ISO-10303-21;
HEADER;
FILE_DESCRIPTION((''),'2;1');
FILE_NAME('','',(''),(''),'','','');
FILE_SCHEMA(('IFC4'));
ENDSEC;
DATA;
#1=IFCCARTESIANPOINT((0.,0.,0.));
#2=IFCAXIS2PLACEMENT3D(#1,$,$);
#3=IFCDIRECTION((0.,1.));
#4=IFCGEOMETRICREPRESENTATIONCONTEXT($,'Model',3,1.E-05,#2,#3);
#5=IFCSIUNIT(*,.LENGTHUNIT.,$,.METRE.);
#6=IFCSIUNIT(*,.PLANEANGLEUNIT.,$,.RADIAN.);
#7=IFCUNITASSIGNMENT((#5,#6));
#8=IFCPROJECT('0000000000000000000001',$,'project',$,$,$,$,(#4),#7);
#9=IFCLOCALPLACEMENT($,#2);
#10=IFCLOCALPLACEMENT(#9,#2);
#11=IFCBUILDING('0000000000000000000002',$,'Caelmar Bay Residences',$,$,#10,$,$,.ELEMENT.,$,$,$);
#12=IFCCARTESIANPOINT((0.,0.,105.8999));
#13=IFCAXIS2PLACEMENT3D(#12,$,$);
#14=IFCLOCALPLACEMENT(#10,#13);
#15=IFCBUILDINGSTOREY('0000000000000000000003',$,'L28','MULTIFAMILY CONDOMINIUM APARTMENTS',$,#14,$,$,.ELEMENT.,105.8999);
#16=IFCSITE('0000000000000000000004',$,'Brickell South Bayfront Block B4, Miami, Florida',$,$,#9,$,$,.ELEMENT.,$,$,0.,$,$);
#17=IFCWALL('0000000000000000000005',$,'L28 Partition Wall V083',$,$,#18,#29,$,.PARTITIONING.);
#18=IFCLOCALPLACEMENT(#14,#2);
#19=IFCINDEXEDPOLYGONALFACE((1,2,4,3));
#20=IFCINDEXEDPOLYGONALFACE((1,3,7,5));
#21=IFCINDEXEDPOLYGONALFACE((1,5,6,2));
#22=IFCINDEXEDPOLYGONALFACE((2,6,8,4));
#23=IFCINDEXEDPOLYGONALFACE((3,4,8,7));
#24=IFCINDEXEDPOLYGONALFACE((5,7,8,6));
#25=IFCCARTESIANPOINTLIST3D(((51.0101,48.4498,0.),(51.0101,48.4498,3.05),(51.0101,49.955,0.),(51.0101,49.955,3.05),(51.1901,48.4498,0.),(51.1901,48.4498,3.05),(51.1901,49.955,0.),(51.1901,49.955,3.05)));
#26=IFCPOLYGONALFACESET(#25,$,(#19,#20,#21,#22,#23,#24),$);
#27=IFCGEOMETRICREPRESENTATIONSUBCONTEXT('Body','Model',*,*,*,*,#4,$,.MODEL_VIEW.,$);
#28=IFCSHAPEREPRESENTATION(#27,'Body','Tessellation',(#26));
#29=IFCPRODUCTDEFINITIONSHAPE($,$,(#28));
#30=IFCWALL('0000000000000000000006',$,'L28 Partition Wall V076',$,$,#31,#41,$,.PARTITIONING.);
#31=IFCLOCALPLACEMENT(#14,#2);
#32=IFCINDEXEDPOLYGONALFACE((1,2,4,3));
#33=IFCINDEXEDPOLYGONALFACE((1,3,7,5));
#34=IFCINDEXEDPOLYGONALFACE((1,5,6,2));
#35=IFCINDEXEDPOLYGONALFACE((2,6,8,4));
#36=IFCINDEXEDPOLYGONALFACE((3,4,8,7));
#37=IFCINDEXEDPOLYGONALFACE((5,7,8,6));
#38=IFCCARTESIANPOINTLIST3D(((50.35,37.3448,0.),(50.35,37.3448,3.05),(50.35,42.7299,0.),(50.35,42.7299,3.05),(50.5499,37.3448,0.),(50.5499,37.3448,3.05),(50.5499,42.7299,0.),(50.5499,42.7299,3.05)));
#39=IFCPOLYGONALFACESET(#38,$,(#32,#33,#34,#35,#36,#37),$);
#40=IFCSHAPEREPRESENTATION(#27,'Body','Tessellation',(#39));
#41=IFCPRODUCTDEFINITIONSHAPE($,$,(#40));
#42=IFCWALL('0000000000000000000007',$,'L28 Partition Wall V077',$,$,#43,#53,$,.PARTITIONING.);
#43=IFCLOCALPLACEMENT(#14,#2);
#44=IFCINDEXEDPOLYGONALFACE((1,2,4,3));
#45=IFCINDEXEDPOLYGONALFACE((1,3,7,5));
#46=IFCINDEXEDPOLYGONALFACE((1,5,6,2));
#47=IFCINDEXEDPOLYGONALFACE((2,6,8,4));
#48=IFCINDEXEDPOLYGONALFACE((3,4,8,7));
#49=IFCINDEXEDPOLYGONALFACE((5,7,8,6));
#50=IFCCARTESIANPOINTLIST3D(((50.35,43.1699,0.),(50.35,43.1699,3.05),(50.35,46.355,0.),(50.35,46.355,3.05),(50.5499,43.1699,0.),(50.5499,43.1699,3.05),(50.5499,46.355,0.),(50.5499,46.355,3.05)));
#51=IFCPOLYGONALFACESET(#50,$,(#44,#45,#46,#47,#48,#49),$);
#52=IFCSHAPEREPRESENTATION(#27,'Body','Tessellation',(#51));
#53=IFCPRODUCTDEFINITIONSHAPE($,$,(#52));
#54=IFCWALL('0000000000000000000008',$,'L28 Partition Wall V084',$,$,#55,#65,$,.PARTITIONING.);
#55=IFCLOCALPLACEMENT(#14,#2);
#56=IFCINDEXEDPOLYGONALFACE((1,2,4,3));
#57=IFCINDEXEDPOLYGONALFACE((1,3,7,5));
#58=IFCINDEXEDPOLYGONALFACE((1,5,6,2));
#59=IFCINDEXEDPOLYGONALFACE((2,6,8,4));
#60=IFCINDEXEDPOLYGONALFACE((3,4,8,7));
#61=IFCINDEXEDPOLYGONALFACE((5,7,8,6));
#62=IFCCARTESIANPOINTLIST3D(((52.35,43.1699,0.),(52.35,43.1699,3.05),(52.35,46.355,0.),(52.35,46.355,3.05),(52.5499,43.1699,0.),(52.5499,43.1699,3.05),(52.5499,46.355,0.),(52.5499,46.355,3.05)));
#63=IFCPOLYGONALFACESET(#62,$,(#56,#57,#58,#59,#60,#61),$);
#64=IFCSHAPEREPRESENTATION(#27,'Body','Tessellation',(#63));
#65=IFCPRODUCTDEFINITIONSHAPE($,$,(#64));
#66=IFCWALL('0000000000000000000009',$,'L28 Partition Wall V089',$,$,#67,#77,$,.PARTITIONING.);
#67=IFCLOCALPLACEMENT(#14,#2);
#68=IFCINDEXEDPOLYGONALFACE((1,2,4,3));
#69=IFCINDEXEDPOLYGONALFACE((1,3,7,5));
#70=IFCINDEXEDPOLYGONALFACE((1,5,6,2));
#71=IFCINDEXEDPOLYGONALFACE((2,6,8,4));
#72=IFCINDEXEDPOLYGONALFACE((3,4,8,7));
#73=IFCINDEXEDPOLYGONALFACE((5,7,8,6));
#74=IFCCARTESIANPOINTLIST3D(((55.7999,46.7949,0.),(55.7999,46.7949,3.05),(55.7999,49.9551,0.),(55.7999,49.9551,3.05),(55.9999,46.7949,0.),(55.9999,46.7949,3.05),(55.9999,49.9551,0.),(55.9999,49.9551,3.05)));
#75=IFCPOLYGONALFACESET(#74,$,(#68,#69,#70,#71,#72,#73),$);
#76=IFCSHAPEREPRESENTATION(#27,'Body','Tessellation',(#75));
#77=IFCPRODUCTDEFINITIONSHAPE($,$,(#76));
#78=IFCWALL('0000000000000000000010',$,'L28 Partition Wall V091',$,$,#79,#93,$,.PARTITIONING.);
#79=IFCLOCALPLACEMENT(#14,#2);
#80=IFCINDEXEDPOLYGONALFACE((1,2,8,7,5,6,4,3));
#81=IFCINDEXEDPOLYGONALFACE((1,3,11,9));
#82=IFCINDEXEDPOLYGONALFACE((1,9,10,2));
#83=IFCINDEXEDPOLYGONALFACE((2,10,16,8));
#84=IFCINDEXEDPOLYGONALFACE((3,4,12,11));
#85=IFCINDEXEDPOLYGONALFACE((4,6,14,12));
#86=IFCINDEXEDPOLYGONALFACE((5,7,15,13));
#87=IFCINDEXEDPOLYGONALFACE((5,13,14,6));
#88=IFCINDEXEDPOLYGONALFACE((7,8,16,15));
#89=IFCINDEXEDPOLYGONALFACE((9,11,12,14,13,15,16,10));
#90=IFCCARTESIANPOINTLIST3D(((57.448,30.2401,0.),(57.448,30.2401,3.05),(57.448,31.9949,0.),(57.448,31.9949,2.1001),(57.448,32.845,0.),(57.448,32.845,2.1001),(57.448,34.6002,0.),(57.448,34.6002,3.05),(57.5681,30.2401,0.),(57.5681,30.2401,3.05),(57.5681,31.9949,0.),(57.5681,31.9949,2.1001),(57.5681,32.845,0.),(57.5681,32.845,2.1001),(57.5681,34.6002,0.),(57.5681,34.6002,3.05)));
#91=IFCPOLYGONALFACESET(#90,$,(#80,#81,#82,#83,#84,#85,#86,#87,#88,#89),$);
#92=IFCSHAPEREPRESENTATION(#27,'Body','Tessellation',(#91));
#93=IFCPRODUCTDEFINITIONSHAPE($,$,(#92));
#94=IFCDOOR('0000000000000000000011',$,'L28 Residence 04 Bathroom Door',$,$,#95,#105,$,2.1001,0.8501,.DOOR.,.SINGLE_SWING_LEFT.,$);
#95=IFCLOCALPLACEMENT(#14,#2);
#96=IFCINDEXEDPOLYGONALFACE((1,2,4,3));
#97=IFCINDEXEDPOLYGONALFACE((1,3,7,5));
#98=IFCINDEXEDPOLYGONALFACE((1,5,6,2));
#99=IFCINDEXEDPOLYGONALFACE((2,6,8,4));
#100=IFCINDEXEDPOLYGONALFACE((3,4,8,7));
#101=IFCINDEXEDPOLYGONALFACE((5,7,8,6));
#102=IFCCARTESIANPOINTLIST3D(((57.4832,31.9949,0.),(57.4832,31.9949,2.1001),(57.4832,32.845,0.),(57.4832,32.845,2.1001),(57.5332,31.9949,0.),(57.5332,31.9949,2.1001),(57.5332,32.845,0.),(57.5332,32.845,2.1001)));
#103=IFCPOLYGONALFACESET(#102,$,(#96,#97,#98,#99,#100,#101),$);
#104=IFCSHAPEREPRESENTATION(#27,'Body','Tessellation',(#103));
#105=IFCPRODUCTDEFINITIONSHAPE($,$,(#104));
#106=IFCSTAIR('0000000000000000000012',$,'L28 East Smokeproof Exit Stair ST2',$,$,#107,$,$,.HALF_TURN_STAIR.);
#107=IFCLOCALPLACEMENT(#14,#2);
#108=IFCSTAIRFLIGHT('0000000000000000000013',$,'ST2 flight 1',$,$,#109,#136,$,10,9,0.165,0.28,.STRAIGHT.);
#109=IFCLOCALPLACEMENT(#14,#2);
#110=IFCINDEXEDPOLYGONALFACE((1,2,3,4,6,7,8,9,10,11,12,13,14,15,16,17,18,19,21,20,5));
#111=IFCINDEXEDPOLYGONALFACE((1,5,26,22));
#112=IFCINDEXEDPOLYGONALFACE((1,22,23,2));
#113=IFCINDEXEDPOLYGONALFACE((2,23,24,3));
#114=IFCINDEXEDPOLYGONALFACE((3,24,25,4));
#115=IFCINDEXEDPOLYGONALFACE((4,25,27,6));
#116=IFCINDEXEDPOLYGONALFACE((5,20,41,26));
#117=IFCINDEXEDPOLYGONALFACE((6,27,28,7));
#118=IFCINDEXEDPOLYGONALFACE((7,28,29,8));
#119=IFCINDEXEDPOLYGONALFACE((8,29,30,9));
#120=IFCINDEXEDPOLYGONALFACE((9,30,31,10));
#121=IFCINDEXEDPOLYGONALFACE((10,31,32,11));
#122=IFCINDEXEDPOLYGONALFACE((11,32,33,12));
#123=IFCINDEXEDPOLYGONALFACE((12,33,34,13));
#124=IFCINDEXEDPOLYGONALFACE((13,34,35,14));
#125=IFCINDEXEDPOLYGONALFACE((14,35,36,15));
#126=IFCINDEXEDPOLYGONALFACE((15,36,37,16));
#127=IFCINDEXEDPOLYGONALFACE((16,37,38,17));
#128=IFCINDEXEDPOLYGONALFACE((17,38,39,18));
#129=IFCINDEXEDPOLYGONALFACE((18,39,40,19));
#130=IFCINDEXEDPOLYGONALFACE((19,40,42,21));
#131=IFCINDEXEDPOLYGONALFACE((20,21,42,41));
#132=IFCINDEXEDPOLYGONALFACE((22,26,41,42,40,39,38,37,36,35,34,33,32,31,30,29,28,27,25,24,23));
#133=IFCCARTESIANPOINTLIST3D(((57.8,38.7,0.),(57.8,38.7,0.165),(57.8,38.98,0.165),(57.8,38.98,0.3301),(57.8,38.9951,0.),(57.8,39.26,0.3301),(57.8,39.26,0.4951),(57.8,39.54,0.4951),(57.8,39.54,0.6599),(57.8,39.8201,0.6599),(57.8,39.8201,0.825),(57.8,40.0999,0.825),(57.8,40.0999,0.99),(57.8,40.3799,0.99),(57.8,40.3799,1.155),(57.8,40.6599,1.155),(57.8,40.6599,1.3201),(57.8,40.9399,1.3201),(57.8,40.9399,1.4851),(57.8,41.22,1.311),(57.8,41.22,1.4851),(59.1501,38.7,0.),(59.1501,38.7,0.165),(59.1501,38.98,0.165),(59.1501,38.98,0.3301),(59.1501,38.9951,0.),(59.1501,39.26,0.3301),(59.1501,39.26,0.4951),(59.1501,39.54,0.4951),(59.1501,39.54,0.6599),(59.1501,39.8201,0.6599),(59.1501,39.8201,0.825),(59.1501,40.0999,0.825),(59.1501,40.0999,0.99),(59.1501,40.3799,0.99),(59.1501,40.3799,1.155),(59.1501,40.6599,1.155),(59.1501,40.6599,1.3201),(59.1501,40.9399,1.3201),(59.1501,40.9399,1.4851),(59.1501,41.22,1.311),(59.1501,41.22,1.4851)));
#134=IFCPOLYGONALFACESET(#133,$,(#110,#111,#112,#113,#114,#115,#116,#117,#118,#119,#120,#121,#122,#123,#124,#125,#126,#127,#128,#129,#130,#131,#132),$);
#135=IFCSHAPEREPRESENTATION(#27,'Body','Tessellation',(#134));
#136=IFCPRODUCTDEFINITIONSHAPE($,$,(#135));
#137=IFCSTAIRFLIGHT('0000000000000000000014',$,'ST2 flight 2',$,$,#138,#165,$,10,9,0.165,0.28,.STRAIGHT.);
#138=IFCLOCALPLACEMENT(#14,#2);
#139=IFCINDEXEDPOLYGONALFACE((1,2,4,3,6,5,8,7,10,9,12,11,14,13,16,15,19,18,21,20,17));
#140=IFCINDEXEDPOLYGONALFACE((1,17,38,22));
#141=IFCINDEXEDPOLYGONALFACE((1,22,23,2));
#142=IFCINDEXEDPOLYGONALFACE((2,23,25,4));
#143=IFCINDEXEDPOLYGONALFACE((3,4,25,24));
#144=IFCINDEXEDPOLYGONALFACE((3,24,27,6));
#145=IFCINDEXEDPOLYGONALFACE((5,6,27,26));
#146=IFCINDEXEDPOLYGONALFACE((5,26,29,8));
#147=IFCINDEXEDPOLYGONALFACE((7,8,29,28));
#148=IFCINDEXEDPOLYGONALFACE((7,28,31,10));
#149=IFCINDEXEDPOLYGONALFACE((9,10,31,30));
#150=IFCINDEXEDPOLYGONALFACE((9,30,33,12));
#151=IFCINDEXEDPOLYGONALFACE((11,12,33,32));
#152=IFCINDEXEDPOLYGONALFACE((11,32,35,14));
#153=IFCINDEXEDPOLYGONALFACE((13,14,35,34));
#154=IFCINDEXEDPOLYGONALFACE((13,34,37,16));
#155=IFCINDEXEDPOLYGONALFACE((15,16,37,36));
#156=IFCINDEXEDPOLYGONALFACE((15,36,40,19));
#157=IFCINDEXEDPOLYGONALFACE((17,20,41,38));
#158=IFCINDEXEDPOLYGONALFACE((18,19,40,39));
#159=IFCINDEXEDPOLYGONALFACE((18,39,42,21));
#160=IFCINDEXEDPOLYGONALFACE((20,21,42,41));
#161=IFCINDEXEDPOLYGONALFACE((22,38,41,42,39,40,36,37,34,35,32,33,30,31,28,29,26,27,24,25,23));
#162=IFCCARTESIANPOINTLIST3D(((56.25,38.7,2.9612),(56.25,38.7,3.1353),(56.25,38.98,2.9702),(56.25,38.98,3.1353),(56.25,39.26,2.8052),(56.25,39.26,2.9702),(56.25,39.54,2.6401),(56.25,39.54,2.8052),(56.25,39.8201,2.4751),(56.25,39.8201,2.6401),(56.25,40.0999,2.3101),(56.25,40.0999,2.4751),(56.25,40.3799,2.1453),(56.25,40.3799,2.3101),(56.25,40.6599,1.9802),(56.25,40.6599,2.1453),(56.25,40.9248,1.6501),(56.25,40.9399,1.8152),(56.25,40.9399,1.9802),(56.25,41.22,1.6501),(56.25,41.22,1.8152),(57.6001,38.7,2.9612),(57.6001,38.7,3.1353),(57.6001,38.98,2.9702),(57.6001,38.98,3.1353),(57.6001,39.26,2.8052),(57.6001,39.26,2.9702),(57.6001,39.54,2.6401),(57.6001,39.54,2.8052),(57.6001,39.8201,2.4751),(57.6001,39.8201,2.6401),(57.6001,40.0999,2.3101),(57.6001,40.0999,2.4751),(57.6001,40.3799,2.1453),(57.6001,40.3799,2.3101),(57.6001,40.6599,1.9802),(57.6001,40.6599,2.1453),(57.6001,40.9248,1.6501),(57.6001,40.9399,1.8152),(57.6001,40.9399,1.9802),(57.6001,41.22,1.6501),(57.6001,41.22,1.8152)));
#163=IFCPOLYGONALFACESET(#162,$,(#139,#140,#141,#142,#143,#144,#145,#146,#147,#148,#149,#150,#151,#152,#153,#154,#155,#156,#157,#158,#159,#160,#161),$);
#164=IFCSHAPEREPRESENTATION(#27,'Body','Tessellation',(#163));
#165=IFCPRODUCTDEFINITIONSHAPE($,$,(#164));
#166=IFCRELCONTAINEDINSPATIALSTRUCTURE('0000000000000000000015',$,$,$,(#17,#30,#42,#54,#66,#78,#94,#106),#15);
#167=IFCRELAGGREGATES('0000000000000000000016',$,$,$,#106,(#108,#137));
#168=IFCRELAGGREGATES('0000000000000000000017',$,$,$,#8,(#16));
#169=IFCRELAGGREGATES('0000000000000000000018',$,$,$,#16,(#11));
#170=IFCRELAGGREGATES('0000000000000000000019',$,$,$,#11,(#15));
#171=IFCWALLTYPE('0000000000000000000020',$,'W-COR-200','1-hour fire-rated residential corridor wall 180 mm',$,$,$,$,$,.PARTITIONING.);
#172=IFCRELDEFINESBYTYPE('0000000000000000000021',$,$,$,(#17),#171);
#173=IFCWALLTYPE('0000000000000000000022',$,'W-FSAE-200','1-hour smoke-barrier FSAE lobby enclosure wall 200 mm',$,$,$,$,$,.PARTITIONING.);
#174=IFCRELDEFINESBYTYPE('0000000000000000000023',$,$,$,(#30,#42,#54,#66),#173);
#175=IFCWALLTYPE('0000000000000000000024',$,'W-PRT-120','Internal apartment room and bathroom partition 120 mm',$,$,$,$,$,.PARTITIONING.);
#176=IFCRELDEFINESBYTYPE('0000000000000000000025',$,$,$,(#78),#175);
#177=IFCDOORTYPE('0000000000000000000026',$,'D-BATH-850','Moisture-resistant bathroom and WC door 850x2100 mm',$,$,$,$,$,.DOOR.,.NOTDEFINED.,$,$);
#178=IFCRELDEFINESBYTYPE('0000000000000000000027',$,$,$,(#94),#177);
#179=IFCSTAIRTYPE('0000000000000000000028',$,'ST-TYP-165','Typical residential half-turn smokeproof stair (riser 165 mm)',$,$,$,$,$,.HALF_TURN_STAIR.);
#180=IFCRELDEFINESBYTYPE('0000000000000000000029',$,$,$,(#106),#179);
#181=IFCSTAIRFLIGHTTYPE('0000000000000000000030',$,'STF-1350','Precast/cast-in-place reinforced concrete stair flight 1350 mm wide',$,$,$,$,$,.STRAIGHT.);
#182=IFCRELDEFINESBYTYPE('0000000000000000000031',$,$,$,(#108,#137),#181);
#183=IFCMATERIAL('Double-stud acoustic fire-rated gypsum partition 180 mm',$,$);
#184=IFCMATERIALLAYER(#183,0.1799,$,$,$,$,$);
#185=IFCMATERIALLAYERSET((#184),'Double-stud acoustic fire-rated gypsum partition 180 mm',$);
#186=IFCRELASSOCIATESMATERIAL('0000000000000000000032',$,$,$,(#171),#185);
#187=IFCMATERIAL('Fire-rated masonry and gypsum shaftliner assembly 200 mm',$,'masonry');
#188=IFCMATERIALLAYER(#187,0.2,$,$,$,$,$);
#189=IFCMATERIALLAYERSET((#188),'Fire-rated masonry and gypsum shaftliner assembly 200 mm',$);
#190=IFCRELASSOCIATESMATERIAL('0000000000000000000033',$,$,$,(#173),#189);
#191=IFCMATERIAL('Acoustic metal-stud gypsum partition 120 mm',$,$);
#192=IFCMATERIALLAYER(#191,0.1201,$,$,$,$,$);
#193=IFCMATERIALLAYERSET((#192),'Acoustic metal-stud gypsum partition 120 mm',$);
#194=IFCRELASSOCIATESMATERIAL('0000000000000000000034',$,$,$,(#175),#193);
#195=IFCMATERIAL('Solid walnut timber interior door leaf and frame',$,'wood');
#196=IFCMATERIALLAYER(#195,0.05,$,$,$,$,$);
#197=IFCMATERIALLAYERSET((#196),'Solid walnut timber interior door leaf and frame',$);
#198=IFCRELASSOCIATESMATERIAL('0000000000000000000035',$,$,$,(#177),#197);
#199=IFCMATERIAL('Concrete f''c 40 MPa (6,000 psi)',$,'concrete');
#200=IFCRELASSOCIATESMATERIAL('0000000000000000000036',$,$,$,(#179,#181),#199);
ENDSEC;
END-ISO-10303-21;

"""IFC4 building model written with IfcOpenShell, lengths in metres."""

from ifc_helpers import new_model, si_unit, direction, frame, frame_2d, origin, place, context, subcontext, project, spatial, polyline, rectangle, outline, extrude, material, layer, layer_set, type_object, element, fill, aggregate, save


model = new_model("IFC4")

# Units and contexts
model_context = context("Model", 3, precision=1e-05, world=origin(), true_north=direction((0.0, 1.0)))
body_context = subcontext(model_context, "Body", "Model", "MODEL_VIEW")
ifc_project = project(units=[si_unit("LENGTHUNIT", "METRE"), si_unit("PLANEANGLEUNIT", "RADIAN")], contexts=[model_context])

# Site, building, storey
site_placement = place(None, origin())
site = spatial("IfcSite", under=ifc_project, at=site_placement, Name="Brickell South Bayfront Block B4, Miami, Florida", CompositionType="ELEMENT", RefElevation=0.0)
building_placement = place(site_placement, origin())
building = spatial("IfcBuilding", under=site, at=building_placement, Name="Caelmar Bay Residences", CompositionType="ELEMENT")
storey_placement = place(building_placement, frame((0.0, 0.0, 105.8999)))
storey = spatial("IfcBuildingStorey", under=building, at=storey_placement, Name="L28", Description="MULTIFAMILY CONDOMINIUM APARTMENTS", CompositionType="ELEMENT", Elevation=105.8999)

# Walls
ifc_material_1 = material(Name="Double-stud acoustic fire-rated gypsum partition 180 mm")
ifc_layer_1 = layer(ifc_material_1, 0.1799)
ifc_layer_set_1 = layer_set([ifc_layer_1], Name="Double-stud acoustic fire-rated gypsum partition 180 mm")
wall_type_1 = type_object("IfcWallType", Name="W-COR-200", Description="1-hour fire-rated residential corridor wall 180 mm", PredefinedType="PARTITIONING", material=ifc_layer_set_1)
wall_1_placement = place(storey_placement, frame((51.1001, 48.45, 0.0), z_axis=(0.0, 0.0, 1.0), x_axis=(0.0, 1.0, 0.0)))
element("IfcWall", 1, at=wall_1_placement, inside=storey, type_object=wall_type_1, Name="L28 Partition Wall V083", PredefinedType="PARTITIONING", context=body_context, shape_type="SweptSolid", body=[
    extrude(rectangle(XDim=1.5051, YDim=0.1799, at=frame_2d((0.7524, 0.0))), origin(), (0.0, 0.0, 1.0), 3.05),
])
ifc_material_2 = material(Name="Fire-rated masonry and gypsum shaftliner assembly 200 mm", Category="masonry")
ifc_layer_2 = layer(ifc_material_2, 0.2)
ifc_layer_set_2 = layer_set([ifc_layer_2], Name="Fire-rated masonry and gypsum shaftliner assembly 200 mm")
wall_type_2 = type_object("IfcWallType", Name="W-FSAE-200", Description="1-hour smoke-barrier FSAE lobby enclosure wall 200 mm", PredefinedType="PARTITIONING", material=ifc_layer_set_2)
wall_2_placement = place(storey_placement, frame((50.45, 37.345, 0.0), z_axis=(0.0, 0.0, 1.0), x_axis=(0.0, 1.0, 0.0)))
element("IfcWall", 2, at=wall_2_placement, inside=storey, type_object=wall_type_2, Name="L28 Partition Wall V076", PredefinedType="PARTITIONING", context=body_context, shape_type="SweptSolid", body=[
    extrude(rectangle(XDim=5.385, YDim=0.2, at=frame_2d((2.6924, 0.0))), origin(), (0.0, 0.0, 1.0), 3.05),
])
for number, where, z_axis, x_axis, name in (
    (3, (50.45, 43.1699, 0.0), (0.0, 0.0, 1.0), (0.0, 1.0, 0.0), "L28 Partition Wall V077"),
    (4, (52.45, 43.1699, 0.0), (0.0, 0.0, 1.0), (0.0, 1.0, 0.0), "L28 Partition Wall V084"),
):
    element("IfcWall", number, at=place(storey_placement, frame(where, z_axis=z_axis, x_axis=x_axis)), inside=storey, type_object=wall_type_2, Name=name, PredefinedType="PARTITIONING", context=body_context, shape_type="SweptSolid", body=[
        extrude(rectangle(XDim=3.1851, YDim=0.2, at=frame_2d((1.5925, 0.0))), origin(), (0.0, 0.0, 1.0), 3.05),
    ])
wall_3_placement = place(storey_placement, frame((55.8999, 46.7949, 0.0), z_axis=(0.0, 0.0, 1.0), x_axis=(0.0, 1.0, 0.0)))
element("IfcWall", 5, at=wall_3_placement, inside=storey, type_object=wall_type_2, Name="L28 Partition Wall V089", PredefinedType="PARTITIONING", context=body_context, shape_type="SweptSolid", body=[
    extrude(rectangle(XDim=3.1602, YDim=0.2, at=frame_2d((1.5801, 0.0))), origin(), (0.0, 0.0, 1.0), 3.05),
])

# Wall, opening, door
ifc_material_3 = material(Name="Acoustic metal-stud gypsum partition 120 mm")
ifc_layer_3 = layer(ifc_material_3, 0.1201)
ifc_layer_set_3 = layer_set([ifc_layer_3], Name="Acoustic metal-stud gypsum partition 120 mm")
wall_type_3 = type_object("IfcWallType", Name="W-PRT-120", Description="Internal apartment room and bathroom partition 120 mm", PredefinedType="PARTITIONING", material=ifc_layer_set_3)
wall_4_placement = place(storey_placement, frame((57.5081, 30.24, 0.0), z_axis=(0.0, 0.0, 1.0), x_axis=(0.0, 1.0, 0.0)))
wall_4 = element("IfcWall", 6, at=wall_4_placement, inside=storey, type_object=wall_type_3, Name="L28 Partition Wall V091", PredefinedType="PARTITIONING", context=body_context, shape_type="SweptSolid", body=[
    extrude(rectangle(XDim=4.3601, YDim=0.1201, at=frame_2d((2.1802, 0.0))), origin(), (0.0, 0.0, 1.0), 3.05),
])
opening_1_placement = place(wall_4_placement, frame((1.7549, 0.0, 0.0)))
opening_1 = element("IfcOpeningElement", 7, at=opening_1_placement, cuts=wall_4, PredefinedType="OPENING", context=body_context, shape_type="SweptSolid", body=[
    extrude(rectangle(XDim=0.8501, YDim=2.1001, at=frame_2d((0.425, 1.05))), frame((0.0, 0.0701, 0.0), z_axis=(0.0, -1.0, 0.0), x_axis=(1.0, 0.0, 0.0)), (0.0, 0.0, 1.0), 0.1401),
])
ifc_material_4 = material(Name="Solid walnut timber interior door leaf and frame", Category="wood")
ifc_layer_4 = layer(ifc_material_4, 0.05)
ifc_layer_set_4 = layer_set([ifc_layer_4], Name="Solid walnut timber interior door leaf and frame")
door_type_1 = type_object("IfcDoorType", Name="D-BATH-850", Description="Moisture-resistant bathroom and WC door 850x2100 mm", OperationType="NOTDEFINED", PredefinedType="DOOR", material=ifc_layer_set_4)
door_1_placement = place(opening_1_placement, origin())
door_1 = element("IfcDoor", 8, at=door_1_placement, inside=storey, type_object=door_type_1, Name="L28 Residence 04 Bathroom Door", OperationType="SINGLE_SWING_LEFT", OverallHeight=2.1001, OverallWidth=0.8501, PredefinedType="DOOR", context=body_context, shape_type="SweptSolid", body=[
    extrude(rectangle(XDim=0.8501, YDim=2.1001, at=frame_2d((0.425, 1.05))), frame((0.0, 0.0249, 0.0), z_axis=(0.0, -1.0, 0.0), x_axis=(1.0, 0.0, 0.0)), (0.0, 0.0, 1.0), 0.05),
])
fill(opening_1, door_1)

# Stair, stair flights
ifc_material_5 = material(Name="Concrete f'c 40 MPa (6,000 psi)", Category="concrete")
stair_type = type_object("IfcStairType", Name="ST-TYP-165", Description="Typical residential half-turn smokeproof stair (riser 165 mm)", PredefinedType="HALF_TURN_STAIR", material=ifc_material_5)
stair_placement = place(storey_placement, origin())
stair = element("IfcStair", 9, at=stair_placement, inside=storey, type_object=stair_type, Name="L28 East Smokeproof Exit Stair ST2", PredefinedType="HALF_TURN_STAIR")
stair_flight_type = type_object("IfcStairFlightType", Name="STF-1350", Description="Precast/cast-in-place reinforced concrete stair flight 1350 mm wide", PredefinedType="STRAIGHT", material=ifc_material_5)
stair_flight_1_placement = place(storey_placement, frame((58.4751, 38.7, 0.0), z_axis=(0.0, 0.0, 1.0), x_axis=(0.0, 1.0, 0.0)))
stair_flight_1 = element("IfcStairFlight", 10, at=stair_flight_1_placement, type_object=stair_flight_type, Name="ST2 flight 1", NumberOfRisers=10, NumberOfTreads=9, PredefinedType="STRAIGHT", RiserHeight=0.165, TreadLength=0.28, context=body_context, shape_type="SweptSolid", body=[
    extrude(outline(polyline([(0.0, 0.0), (0.0, 0.165), (0.28, 0.165), (0.28, 0.3301), (0.5601, 0.3301), (0.5601, 0.4951), (0.8401, 0.4951), (0.8401, 0.6599), (1.1201, 0.6599), (1.1201, 0.825), (1.3999, 0.825), (1.3999, 0.99), (1.6799, 0.99), (1.6799, 1.155), (1.96, 1.155), (1.96, 1.3201), (2.24, 1.3201), (2.24, 1.4851), (2.52, 1.4851), (2.52, 1.6499), (2.52, 1.311), (0.2952, 0.0), (0.0, 0.0)])), frame((0.0, 0.675, 0.0), z_axis=(0.0, -1.0, 0.0), x_axis=(1.0, 0.0, 0.0)), (0.0, 0.0, 1.0), 1.3501),
])
stair_flight_2_placement = place(storey_placement, frame((56.925, 41.22, 1.6501), z_axis=(0.0, 0.0, 1.0), x_axis=(0.0, -1.0, 0.0)))
stair_flight_2 = element("IfcStairFlight", 11, at=stair_flight_2_placement, type_object=stair_flight_type, Name="ST2 flight 2", NumberOfRisers=10, NumberOfTreads=9, PredefinedType="STRAIGHT", RiserHeight=0.165, TreadLength=0.28, context=body_context, shape_type="SweptSolid", body=[
    extrude(outline(polyline([(0.0, 0.0), (0.0, 0.165), (0.28, 0.165), (0.28, 0.3301), (0.5601, 0.3301), (0.5601, 0.4951), (0.8401, 0.4951), (0.8401, 0.6599), (1.1201, 0.6599), (1.1201, 0.825), (1.3999, 0.825), (1.3999, 0.99), (1.6799, 0.99), (1.6799, 1.155), (1.96, 1.155), (1.96, 1.3201), (2.24, 1.3201), (2.24, 1.4851), (2.52, 1.4851), (2.52, 1.6499), (2.52, 1.311), (0.2952, 0.0), (0.0, 0.0)])), frame((0.0, 0.675, 0.0), z_axis=(0.0, -1.0, 0.0), x_axis=(1.0, 0.0, 0.0)), (0.0, 0.0, 1.0), 1.3501),
])
aggregate(stair, [stair_flight_1, stair_flight_2])

save(model, "model.ifc")
